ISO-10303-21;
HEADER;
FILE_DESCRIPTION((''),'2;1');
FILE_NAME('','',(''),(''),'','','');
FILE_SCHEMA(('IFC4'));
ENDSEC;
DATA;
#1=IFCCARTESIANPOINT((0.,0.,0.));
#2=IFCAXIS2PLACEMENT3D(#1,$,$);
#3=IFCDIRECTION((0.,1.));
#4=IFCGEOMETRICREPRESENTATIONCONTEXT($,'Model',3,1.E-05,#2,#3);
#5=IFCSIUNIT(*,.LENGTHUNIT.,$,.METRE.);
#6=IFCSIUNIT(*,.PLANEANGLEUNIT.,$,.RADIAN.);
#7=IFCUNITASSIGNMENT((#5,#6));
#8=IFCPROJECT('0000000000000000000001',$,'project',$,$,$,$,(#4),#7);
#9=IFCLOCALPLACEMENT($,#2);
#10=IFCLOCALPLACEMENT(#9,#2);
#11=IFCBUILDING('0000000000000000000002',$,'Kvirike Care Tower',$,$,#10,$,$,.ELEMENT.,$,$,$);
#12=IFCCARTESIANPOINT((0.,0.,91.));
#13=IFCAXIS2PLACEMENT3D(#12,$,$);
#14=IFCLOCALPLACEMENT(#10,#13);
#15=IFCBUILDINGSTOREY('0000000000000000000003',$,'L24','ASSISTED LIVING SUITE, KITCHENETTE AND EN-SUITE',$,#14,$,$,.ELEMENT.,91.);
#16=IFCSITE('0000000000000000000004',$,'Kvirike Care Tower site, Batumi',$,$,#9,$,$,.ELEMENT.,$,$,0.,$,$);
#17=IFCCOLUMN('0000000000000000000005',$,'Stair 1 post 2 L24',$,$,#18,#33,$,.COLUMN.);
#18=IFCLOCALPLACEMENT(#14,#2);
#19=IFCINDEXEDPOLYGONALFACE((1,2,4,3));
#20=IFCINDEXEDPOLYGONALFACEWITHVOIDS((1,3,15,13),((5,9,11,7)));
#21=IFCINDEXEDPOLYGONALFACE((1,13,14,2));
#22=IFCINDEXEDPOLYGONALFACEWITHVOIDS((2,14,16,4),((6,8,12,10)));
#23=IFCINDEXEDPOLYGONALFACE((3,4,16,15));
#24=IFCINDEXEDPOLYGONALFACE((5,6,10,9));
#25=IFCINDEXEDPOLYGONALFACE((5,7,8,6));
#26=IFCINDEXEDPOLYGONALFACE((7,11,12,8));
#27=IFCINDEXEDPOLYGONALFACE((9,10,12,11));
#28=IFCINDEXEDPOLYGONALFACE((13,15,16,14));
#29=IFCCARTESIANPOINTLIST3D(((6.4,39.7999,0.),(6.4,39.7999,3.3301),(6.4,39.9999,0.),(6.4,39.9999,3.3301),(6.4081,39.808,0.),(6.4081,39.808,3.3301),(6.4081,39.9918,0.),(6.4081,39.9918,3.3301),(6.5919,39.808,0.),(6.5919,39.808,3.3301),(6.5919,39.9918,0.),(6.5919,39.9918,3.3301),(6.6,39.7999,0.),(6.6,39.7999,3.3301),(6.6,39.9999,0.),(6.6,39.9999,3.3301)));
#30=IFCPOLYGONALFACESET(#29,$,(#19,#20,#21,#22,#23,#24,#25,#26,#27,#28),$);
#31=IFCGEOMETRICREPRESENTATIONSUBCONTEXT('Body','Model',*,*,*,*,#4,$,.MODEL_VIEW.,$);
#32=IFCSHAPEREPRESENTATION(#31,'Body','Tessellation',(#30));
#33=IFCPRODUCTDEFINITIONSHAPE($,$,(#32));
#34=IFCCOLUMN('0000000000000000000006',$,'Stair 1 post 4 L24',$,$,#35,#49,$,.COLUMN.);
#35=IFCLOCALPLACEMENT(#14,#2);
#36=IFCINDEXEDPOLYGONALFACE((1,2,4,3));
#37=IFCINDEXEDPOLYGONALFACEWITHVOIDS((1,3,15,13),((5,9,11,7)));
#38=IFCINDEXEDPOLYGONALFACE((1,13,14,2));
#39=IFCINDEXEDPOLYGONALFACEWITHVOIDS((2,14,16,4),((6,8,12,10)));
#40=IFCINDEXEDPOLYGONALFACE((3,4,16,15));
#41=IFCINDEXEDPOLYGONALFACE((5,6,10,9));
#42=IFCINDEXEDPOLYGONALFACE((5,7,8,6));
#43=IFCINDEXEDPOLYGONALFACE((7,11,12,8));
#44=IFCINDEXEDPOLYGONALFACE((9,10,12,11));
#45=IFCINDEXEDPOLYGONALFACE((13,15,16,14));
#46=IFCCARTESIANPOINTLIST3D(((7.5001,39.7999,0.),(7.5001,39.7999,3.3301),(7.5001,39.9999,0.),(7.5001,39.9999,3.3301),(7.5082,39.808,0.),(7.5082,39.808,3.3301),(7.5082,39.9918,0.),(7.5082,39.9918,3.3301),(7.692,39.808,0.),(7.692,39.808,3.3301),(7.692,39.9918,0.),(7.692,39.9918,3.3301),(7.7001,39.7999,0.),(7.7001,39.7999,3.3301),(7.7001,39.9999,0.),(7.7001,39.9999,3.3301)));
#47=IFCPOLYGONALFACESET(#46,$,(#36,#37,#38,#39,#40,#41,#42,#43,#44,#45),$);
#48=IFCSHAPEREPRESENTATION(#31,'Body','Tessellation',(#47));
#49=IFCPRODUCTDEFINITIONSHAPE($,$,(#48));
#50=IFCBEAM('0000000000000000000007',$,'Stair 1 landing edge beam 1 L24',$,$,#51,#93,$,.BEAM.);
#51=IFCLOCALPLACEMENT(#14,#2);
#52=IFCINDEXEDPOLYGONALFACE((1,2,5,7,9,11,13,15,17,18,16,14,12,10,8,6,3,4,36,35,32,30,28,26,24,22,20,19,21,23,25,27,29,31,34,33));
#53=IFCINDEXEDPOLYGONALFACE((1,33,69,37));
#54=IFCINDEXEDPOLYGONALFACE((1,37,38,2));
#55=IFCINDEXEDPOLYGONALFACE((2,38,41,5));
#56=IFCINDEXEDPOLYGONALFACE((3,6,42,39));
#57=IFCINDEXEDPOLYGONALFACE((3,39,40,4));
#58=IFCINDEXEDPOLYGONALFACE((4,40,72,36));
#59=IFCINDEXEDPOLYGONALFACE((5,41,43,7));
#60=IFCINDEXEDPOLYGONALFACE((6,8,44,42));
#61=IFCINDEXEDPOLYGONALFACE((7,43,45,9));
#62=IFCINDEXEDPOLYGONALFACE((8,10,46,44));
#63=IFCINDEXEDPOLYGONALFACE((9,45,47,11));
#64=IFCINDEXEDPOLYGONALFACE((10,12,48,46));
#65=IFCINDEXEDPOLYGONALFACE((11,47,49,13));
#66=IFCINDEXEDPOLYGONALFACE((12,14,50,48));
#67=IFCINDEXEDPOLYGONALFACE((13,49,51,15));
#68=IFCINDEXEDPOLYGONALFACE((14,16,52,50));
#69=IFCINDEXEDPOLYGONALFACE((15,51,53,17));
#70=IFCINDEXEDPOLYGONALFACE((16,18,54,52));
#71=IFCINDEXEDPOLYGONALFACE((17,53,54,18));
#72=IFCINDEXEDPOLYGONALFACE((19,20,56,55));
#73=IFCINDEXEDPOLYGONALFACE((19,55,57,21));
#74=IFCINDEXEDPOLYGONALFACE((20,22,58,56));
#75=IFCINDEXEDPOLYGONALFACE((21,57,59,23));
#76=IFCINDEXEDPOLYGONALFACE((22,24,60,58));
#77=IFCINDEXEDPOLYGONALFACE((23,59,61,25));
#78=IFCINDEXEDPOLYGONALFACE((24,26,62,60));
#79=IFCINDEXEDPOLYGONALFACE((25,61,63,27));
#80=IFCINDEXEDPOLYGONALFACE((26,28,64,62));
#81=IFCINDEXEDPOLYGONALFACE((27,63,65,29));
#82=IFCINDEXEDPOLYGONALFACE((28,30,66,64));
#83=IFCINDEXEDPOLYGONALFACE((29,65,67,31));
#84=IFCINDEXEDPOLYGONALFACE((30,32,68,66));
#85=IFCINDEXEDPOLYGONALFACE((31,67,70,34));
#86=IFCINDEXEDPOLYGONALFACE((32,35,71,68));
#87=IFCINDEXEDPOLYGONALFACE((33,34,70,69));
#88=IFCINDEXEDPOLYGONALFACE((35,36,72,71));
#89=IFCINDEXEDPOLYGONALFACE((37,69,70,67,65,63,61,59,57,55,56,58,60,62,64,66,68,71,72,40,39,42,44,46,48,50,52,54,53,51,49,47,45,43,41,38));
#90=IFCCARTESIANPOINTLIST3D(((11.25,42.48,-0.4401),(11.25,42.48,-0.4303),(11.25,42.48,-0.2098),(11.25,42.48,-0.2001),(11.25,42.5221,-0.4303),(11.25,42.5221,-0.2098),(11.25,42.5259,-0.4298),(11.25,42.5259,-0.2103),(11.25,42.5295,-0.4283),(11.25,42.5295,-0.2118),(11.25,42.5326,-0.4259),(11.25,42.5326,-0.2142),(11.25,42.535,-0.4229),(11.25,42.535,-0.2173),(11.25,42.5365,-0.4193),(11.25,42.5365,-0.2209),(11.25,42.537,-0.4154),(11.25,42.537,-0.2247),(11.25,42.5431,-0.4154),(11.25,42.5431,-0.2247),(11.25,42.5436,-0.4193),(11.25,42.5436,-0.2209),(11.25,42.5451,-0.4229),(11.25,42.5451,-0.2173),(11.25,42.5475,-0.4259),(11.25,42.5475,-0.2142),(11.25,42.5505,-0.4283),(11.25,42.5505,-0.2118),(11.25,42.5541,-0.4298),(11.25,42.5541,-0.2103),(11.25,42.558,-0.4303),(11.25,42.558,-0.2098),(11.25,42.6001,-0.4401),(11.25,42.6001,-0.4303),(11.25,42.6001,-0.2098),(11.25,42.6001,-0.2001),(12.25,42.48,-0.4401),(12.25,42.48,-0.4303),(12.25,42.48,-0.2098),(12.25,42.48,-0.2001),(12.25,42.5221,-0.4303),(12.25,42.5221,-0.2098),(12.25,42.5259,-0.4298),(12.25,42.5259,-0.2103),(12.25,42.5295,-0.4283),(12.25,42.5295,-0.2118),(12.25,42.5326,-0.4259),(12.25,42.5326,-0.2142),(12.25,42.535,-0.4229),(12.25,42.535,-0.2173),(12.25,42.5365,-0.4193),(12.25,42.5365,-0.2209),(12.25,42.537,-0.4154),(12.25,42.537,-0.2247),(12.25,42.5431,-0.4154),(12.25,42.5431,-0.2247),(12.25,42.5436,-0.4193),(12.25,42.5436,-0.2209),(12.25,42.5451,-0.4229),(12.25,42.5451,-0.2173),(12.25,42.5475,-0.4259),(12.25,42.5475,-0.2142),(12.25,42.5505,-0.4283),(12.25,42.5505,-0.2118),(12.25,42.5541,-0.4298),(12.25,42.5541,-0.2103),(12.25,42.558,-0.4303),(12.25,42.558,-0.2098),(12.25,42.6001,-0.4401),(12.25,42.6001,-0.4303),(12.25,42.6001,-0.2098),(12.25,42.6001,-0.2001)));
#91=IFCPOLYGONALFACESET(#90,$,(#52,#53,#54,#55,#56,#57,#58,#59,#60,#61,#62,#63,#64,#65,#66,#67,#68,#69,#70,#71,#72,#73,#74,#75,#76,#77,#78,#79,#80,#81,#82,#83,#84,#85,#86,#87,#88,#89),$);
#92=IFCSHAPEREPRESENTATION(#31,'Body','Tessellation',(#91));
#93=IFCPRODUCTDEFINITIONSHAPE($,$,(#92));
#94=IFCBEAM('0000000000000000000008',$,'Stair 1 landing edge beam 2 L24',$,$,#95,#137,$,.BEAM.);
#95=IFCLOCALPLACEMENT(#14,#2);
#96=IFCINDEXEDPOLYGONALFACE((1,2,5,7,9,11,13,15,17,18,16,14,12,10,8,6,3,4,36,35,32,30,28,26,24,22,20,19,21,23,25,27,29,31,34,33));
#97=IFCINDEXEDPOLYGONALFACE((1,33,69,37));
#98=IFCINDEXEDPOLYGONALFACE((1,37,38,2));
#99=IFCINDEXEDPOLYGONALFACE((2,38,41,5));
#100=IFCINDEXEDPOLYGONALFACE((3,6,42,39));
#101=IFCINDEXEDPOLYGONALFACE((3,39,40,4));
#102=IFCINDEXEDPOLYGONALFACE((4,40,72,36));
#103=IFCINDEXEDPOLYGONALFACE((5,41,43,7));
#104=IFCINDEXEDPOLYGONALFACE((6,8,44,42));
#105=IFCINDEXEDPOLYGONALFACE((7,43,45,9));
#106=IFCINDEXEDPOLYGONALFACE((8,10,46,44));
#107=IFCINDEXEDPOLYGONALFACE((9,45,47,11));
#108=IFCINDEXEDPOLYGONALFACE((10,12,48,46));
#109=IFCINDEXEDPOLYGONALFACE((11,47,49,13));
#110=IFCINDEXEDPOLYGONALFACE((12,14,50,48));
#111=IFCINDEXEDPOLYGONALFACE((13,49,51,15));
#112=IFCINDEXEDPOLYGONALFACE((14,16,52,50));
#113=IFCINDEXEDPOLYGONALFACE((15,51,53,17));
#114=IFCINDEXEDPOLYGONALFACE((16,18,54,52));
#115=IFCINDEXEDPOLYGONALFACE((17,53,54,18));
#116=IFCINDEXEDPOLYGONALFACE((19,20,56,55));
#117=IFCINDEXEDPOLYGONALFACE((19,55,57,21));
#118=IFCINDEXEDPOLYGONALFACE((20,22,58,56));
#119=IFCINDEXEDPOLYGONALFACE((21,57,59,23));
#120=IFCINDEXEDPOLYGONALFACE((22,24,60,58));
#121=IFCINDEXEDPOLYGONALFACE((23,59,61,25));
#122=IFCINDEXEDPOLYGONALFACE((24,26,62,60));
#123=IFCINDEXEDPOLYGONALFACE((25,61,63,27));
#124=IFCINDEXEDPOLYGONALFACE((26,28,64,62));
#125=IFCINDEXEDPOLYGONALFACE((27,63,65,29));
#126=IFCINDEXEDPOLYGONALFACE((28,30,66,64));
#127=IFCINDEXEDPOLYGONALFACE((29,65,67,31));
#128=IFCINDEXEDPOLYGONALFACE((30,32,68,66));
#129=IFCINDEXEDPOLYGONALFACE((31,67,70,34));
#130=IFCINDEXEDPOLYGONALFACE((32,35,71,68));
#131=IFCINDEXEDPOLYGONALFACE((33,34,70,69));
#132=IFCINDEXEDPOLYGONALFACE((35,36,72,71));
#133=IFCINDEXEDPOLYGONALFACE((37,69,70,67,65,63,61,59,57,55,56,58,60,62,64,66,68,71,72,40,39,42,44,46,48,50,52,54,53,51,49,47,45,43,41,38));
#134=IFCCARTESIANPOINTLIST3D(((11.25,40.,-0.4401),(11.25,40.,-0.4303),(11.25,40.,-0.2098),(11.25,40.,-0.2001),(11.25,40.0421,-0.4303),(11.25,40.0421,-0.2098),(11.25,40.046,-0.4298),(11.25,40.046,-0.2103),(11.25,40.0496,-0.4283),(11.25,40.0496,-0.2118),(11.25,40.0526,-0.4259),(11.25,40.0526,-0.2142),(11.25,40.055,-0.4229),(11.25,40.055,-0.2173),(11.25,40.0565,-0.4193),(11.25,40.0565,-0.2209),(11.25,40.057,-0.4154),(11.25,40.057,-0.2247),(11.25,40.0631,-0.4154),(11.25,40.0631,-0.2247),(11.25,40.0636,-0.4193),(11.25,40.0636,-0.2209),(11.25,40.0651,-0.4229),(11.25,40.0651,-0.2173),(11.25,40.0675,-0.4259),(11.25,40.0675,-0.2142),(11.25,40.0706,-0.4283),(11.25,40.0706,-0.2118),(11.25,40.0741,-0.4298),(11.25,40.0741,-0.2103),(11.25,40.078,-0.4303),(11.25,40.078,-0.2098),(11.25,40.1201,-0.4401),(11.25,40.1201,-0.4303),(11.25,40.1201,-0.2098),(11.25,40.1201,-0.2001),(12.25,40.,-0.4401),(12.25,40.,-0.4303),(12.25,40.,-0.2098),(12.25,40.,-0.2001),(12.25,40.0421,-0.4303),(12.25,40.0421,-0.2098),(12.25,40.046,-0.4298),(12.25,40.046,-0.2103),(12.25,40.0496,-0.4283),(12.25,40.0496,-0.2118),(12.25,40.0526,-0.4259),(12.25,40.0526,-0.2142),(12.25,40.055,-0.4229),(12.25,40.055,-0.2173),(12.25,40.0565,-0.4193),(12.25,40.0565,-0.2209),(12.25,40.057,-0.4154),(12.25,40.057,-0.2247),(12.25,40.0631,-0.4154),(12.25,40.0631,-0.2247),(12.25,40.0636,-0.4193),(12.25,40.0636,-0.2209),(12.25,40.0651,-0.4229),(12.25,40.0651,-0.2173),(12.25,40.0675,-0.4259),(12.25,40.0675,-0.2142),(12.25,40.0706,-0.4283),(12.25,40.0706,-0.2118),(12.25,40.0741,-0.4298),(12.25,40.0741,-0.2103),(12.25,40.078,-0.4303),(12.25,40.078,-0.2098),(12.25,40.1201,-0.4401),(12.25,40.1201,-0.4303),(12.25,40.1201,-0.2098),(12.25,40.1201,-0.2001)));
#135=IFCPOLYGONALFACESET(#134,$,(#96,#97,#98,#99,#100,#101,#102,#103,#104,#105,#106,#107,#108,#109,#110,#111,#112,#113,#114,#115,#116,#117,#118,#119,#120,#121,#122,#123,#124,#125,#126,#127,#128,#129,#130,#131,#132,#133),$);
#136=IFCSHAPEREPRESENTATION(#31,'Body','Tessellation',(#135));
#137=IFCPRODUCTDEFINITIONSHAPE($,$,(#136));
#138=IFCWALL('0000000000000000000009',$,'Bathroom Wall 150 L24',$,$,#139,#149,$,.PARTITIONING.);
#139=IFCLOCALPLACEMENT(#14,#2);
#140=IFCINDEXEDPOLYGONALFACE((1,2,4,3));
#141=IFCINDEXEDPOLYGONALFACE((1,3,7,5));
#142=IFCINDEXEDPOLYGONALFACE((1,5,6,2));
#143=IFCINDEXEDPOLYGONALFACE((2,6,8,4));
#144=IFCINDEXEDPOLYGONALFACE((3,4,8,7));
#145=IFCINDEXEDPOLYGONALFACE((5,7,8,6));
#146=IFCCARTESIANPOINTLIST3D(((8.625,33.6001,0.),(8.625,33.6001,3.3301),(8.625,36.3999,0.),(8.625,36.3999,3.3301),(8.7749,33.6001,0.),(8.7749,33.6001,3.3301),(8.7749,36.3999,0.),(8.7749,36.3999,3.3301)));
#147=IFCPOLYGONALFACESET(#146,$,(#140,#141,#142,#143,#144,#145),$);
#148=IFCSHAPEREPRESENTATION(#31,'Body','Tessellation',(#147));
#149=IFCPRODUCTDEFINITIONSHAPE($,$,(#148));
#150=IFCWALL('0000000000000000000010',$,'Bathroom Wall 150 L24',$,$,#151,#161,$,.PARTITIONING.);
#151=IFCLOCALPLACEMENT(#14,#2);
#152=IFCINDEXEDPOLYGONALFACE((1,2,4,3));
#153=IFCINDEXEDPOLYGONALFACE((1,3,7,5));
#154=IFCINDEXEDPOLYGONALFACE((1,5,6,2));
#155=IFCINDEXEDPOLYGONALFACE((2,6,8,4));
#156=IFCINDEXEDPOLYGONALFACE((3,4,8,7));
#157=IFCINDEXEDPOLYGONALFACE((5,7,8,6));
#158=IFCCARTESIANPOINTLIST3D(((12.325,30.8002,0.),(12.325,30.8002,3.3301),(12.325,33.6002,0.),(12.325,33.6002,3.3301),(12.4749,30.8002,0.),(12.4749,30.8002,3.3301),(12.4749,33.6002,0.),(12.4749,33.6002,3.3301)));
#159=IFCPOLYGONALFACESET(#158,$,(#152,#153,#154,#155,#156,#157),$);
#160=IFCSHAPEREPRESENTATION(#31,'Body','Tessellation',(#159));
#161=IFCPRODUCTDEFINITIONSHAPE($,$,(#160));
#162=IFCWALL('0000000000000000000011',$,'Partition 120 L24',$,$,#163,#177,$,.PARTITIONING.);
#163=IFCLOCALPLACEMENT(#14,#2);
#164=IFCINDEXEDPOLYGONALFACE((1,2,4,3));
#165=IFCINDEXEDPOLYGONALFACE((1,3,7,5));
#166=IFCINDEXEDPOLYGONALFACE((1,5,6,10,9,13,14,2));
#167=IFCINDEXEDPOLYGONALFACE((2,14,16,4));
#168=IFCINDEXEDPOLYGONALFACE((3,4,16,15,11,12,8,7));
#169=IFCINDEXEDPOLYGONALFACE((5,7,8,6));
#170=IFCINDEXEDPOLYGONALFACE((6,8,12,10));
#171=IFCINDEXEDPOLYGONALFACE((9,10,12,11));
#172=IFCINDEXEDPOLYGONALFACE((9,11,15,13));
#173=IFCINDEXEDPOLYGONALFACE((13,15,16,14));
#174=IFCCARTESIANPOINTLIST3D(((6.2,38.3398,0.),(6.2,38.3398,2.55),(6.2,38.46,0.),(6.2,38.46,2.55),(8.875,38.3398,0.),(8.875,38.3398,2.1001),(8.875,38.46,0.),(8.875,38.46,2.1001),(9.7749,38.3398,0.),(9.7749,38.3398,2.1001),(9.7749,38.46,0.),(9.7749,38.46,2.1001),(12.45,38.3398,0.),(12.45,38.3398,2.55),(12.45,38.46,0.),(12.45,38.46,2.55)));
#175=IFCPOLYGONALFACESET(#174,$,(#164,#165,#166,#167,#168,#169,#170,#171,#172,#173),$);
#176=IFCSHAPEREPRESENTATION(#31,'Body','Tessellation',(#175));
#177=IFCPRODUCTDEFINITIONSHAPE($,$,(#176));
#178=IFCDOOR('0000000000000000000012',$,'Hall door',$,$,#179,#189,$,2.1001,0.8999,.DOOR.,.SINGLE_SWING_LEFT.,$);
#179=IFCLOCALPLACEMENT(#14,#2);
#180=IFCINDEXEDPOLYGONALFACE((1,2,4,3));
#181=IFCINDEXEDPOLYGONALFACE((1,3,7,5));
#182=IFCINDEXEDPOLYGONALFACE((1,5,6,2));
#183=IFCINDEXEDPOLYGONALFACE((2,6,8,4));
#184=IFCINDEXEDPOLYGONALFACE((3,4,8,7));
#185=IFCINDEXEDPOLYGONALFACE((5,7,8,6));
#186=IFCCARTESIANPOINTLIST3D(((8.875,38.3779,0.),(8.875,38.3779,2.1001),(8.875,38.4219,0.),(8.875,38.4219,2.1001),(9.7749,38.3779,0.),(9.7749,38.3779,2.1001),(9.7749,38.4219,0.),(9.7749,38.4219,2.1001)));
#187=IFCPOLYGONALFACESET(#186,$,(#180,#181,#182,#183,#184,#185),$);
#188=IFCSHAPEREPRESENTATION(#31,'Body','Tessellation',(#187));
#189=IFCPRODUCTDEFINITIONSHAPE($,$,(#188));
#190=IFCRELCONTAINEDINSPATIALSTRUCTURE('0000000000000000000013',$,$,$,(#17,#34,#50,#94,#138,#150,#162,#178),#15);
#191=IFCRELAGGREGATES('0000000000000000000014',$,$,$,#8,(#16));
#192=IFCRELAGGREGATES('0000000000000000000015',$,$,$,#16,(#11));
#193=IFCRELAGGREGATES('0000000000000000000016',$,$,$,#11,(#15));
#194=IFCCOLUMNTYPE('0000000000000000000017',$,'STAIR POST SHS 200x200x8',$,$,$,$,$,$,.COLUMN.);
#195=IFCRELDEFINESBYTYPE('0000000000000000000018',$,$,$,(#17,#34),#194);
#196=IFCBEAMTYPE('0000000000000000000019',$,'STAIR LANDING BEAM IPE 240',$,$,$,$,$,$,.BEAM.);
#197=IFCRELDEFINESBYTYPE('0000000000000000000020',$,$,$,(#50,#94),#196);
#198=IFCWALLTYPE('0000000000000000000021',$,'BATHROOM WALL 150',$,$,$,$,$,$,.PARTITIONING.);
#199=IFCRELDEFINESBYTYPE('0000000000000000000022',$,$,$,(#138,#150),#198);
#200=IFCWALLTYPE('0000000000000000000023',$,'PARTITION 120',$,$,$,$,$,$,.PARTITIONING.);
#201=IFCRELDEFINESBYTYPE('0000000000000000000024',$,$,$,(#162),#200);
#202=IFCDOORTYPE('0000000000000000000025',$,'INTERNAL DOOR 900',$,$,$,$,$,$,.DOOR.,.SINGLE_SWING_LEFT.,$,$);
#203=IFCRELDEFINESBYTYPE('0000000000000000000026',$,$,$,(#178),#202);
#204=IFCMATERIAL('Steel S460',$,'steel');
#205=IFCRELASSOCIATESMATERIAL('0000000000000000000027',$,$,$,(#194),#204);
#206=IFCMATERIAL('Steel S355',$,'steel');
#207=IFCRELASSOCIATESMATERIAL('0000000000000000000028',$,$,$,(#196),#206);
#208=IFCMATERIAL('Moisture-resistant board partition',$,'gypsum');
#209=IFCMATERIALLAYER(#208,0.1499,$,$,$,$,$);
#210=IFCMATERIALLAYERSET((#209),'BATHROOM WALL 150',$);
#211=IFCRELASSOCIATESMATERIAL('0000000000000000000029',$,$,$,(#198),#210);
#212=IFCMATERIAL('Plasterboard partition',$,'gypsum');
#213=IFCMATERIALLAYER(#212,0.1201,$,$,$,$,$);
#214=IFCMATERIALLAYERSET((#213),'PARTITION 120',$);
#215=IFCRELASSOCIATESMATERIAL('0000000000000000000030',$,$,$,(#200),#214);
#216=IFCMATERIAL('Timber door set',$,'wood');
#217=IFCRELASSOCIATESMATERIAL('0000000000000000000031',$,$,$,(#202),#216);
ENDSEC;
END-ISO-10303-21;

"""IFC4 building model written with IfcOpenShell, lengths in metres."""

from ifc_helpers import new_model, si_unit, direction, frame, frame_2d, origin, origin_2d, place, context, subcontext, project, spatial, rectangle, hollow_rectangle, i_section, extrude, material, layer, layer_set, material_profile, profile_set, type_object, element, fill, save


model = new_model("IFC4")

# Units and contexts
model_context = context("Model", 3, precision=1e-05, world=origin(), true_north=direction((0.0, 1.0)))
body_context = subcontext(model_context, "Body", "Model", "MODEL_VIEW")
ifc_project = project(units=[si_unit("LENGTHUNIT", "METRE"), si_unit("PLANEANGLEUNIT", "RADIAN")], contexts=[model_context])

# Site, building, storey
site_placement = place(None, origin())
site = spatial("IfcSite", under=ifc_project, at=site_placement, Name="Kvirike Care Tower site, Batumi", CompositionType="ELEMENT", RefElevation=0.0)
building_placement = place(site_placement, origin())
building = spatial("IfcBuilding", under=site, at=building_placement, Name="Kvirike Care Tower", CompositionType="ELEMENT")
storey_placement = place(building_placement, frame((0.0, 0.0, 91.0)))
storey = spatial("IfcBuildingStorey", under=building, at=storey_placement, Name="L24", Description="ASSISTED LIVING SUITE, KITCHENETTE AND EN-SUITE", CompositionType="ELEMENT", Elevation=91.0)

# Columns
ifc_material_1 = material(Name="Steel S460", Category="steel")
ifc_material_profile_1 = material_profile(ifc_material_1, hollow_rectangle(XDim=0.2, YDim=0.2, WallThickness=0.0081, at=origin_2d()), Name="SHS 200x200x8")
ifc_profile_set_1 = profile_set([ifc_material_profile_1], Name="Steel S460")
column_type = type_object("IfcColumnType", Name="STAIR POST SHS 200x200x8", PredefinedType="COLUMN", material=ifc_profile_set_1)
for number, where, z_axis, x_axis, name in (
    (1, (6.5, 39.8999, 0.0), (0.0, 0.0, 1.0), (1.0, 0.0, 0.0), "Stair 1 post 2 L24"),
    (2, (7.6001, 39.8999, 0.0), (0.0, 0.0, 1.0), (1.0, 0.0, 0.0), "Stair 1 post 4 L24"),
):
    element("IfcColumn", number, at=place(storey_placement, frame(where, z_axis=z_axis, x_axis=x_axis)), inside=storey, type_object=column_type, Name=name, PredefinedType="COLUMN", context=body_context, shape_type="SweptSolid", body=[
        extrude(hollow_rectangle(XDim=0.2, YDim=0.2, WallThickness=0.0081, at=origin_2d()), origin(), (0.0, 0.0, 1.0), 3.3301),
    ])

# Beams
ifc_material_2 = material(Name="Steel S355", Category="steel")
ifc_material_profile_2 = material_profile(ifc_material_2, i_section(OverallWidth=0.1201, OverallDepth=0.24, WebThickness=0.0061, FlangeThickness=0.0098, FilletRadius=0.0149, at=origin_2d()), Name="IPE 240")
ifc_profile_set_2 = profile_set([ifc_material_profile_2], Name="Steel S355")
beam_type = type_object("IfcBeamType", Name="STAIR LANDING BEAM IPE 240", PredefinedType="BEAM", material=ifc_profile_set_2)
for number, where, z_axis, x_axis, name in (
    (3, (11.25, 42.54, -0.3201), (1.0, 0.0, 0.0), (0.0, 1.0, 0.0), "Stair 1 landing edge beam 1 L24"),
    (4, (11.25, 40.0601, -0.3201), (1.0, 0.0, 0.0), (0.0, 1.0, 0.0), "Stair 1 landing edge beam 2 L24"),
):
    element("IfcBeam", number, at=place(storey_placement, frame(where, z_axis=z_axis, x_axis=x_axis)), inside=storey, type_object=beam_type, Name=name, PredefinedType="BEAM", context=body_context, shape_type="SweptSolid", body=[
        extrude(i_section(OverallWidth=0.1201, OverallDepth=0.24, WebThickness=0.0061, FlangeThickness=0.0098, FilletRadius=0.0149, at=origin_2d()), origin(), (0.0, 0.0, 1.0), 1.0),
    ])

# Walls
ifc_material_3 = material(Name="Moisture-resistant board partition", Category="gypsum")
ifc_layer_1 = layer(ifc_material_3, 0.1499)
ifc_layer_set_1 = layer_set([ifc_layer_1], Name="BATHROOM WALL 150")
wall_type_1 = type_object("IfcWallType", Name="BATHROOM WALL 150", PredefinedType="PARTITIONING", material=ifc_layer_set_1)
wall_1_placement = place(storey_placement, frame((8.7, 36.3999, 0.0), z_axis=(0.0, 0.0, 1.0), x_axis=(0.0, -1.0, 0.0)))
element("IfcWall", 5, at=wall_1_placement, inside=storey, type_object=wall_type_1, Name="Bathroom Wall 150 L24", PredefinedType="PARTITIONING", context=body_context, shape_type="SweptSolid", body=[
    extrude(rectangle(XDim=2.7998, YDim=0.1499, at=frame_2d((1.3999, 0.0))), origin(), (0.0, 0.0, 1.0), 3.3301),
])
wall_2_placement = place(storey_placement, frame((12.3999, 33.6001, 0.0), z_axis=(0.0, 0.0, 1.0), x_axis=(0.0, -1.0, 0.0)))
element("IfcWall", 6, at=wall_2_placement, inside=storey, type_object=wall_type_1, Name="Bathroom Wall 150 L24", PredefinedType="PARTITIONING", context=body_context, shape_type="SweptSolid", body=[
    extrude(rectangle(XDim=2.8, YDim=0.1499, at=frame_2d((1.3999, 0.0))), origin(), (0.0, 0.0, 1.0), 3.3301),
])

# Wall, opening, door
ifc_material_4 = material(Name="Plasterboard partition", Category="gypsum")
ifc_layer_2 = layer(ifc_material_4, 0.1201)
ifc_layer_set_2 = layer_set([ifc_layer_2], Name="PARTITION 120")
wall_type_2 = type_object("IfcWallType", Name="PARTITION 120", PredefinedType="PARTITIONING", material=ifc_layer_set_2)
wall_3_placement = place(storey_placement, frame((6.2, 38.3999, 0.0), z_axis=(0.0, 0.0, 1.0), x_axis=(1.0, 0.0, 0.0)))
wall_3 = element("IfcWall", 7, at=wall_3_placement, inside=storey, type_object=wall_type_2, Name="Partition 120 L24", PredefinedType="PARTITIONING", context=body_context, shape_type="SweptSolid", body=[
    extrude(rectangle(XDim=6.25, YDim=0.1201, at=frame_2d((3.125, 0.0))), origin(), (0.0, 0.0, 1.0), 2.55),
])
opening_1_placement = place(wall_3_placement, frame((2.675, 0.0, 0.0)))
opening_1 = element("IfcOpeningElement", 8, at=opening_1_placement, cuts=wall_3, PredefinedType="OPENING", context=body_context, shape_type="SweptSolid", body=[
    extrude(rectangle(XDim=0.8999, YDim=2.1001, at=frame_2d((0.45, 1.05))), frame((0.0, 0.0706, 0.0), z_axis=(0.0, -1.0, 0.0), x_axis=(1.0, 0.0, 0.0)), (0.0, 0.0, 1.0), 0.1411),
])
ifc_material_5 = material(Name="Timber door set", Category="wood")
door_type_1 = type_object("IfcDoorType", Name="INTERNAL DOOR 900", OperationType="SINGLE_SWING_LEFT", PredefinedType="DOOR", material=ifc_material_5)
door_1_placement = place(opening_1_placement, origin())
door_1 = element("IfcDoor", 9, at=door_1_placement, inside=storey, type_object=door_type_1, Name="Hall door", OperationType="SINGLE_SWING_LEFT", OverallHeight=2.1001, OverallWidth=0.8999, PredefinedType="DOOR", context=body_context, shape_type="SweptSolid", body=[
    extrude(rectangle(XDim=0.8999, YDim=2.1001, at=frame_2d((0.45, 1.05))), frame((0.0, 0.022, 0.0), z_axis=(0.0, -1.0, 0.0), x_axis=(1.0, 0.0, 0.0)), (0.0, 0.0, 1.0), 0.0439),
])
fill(opening_1, door_1)

save(model, "model.ifc")
